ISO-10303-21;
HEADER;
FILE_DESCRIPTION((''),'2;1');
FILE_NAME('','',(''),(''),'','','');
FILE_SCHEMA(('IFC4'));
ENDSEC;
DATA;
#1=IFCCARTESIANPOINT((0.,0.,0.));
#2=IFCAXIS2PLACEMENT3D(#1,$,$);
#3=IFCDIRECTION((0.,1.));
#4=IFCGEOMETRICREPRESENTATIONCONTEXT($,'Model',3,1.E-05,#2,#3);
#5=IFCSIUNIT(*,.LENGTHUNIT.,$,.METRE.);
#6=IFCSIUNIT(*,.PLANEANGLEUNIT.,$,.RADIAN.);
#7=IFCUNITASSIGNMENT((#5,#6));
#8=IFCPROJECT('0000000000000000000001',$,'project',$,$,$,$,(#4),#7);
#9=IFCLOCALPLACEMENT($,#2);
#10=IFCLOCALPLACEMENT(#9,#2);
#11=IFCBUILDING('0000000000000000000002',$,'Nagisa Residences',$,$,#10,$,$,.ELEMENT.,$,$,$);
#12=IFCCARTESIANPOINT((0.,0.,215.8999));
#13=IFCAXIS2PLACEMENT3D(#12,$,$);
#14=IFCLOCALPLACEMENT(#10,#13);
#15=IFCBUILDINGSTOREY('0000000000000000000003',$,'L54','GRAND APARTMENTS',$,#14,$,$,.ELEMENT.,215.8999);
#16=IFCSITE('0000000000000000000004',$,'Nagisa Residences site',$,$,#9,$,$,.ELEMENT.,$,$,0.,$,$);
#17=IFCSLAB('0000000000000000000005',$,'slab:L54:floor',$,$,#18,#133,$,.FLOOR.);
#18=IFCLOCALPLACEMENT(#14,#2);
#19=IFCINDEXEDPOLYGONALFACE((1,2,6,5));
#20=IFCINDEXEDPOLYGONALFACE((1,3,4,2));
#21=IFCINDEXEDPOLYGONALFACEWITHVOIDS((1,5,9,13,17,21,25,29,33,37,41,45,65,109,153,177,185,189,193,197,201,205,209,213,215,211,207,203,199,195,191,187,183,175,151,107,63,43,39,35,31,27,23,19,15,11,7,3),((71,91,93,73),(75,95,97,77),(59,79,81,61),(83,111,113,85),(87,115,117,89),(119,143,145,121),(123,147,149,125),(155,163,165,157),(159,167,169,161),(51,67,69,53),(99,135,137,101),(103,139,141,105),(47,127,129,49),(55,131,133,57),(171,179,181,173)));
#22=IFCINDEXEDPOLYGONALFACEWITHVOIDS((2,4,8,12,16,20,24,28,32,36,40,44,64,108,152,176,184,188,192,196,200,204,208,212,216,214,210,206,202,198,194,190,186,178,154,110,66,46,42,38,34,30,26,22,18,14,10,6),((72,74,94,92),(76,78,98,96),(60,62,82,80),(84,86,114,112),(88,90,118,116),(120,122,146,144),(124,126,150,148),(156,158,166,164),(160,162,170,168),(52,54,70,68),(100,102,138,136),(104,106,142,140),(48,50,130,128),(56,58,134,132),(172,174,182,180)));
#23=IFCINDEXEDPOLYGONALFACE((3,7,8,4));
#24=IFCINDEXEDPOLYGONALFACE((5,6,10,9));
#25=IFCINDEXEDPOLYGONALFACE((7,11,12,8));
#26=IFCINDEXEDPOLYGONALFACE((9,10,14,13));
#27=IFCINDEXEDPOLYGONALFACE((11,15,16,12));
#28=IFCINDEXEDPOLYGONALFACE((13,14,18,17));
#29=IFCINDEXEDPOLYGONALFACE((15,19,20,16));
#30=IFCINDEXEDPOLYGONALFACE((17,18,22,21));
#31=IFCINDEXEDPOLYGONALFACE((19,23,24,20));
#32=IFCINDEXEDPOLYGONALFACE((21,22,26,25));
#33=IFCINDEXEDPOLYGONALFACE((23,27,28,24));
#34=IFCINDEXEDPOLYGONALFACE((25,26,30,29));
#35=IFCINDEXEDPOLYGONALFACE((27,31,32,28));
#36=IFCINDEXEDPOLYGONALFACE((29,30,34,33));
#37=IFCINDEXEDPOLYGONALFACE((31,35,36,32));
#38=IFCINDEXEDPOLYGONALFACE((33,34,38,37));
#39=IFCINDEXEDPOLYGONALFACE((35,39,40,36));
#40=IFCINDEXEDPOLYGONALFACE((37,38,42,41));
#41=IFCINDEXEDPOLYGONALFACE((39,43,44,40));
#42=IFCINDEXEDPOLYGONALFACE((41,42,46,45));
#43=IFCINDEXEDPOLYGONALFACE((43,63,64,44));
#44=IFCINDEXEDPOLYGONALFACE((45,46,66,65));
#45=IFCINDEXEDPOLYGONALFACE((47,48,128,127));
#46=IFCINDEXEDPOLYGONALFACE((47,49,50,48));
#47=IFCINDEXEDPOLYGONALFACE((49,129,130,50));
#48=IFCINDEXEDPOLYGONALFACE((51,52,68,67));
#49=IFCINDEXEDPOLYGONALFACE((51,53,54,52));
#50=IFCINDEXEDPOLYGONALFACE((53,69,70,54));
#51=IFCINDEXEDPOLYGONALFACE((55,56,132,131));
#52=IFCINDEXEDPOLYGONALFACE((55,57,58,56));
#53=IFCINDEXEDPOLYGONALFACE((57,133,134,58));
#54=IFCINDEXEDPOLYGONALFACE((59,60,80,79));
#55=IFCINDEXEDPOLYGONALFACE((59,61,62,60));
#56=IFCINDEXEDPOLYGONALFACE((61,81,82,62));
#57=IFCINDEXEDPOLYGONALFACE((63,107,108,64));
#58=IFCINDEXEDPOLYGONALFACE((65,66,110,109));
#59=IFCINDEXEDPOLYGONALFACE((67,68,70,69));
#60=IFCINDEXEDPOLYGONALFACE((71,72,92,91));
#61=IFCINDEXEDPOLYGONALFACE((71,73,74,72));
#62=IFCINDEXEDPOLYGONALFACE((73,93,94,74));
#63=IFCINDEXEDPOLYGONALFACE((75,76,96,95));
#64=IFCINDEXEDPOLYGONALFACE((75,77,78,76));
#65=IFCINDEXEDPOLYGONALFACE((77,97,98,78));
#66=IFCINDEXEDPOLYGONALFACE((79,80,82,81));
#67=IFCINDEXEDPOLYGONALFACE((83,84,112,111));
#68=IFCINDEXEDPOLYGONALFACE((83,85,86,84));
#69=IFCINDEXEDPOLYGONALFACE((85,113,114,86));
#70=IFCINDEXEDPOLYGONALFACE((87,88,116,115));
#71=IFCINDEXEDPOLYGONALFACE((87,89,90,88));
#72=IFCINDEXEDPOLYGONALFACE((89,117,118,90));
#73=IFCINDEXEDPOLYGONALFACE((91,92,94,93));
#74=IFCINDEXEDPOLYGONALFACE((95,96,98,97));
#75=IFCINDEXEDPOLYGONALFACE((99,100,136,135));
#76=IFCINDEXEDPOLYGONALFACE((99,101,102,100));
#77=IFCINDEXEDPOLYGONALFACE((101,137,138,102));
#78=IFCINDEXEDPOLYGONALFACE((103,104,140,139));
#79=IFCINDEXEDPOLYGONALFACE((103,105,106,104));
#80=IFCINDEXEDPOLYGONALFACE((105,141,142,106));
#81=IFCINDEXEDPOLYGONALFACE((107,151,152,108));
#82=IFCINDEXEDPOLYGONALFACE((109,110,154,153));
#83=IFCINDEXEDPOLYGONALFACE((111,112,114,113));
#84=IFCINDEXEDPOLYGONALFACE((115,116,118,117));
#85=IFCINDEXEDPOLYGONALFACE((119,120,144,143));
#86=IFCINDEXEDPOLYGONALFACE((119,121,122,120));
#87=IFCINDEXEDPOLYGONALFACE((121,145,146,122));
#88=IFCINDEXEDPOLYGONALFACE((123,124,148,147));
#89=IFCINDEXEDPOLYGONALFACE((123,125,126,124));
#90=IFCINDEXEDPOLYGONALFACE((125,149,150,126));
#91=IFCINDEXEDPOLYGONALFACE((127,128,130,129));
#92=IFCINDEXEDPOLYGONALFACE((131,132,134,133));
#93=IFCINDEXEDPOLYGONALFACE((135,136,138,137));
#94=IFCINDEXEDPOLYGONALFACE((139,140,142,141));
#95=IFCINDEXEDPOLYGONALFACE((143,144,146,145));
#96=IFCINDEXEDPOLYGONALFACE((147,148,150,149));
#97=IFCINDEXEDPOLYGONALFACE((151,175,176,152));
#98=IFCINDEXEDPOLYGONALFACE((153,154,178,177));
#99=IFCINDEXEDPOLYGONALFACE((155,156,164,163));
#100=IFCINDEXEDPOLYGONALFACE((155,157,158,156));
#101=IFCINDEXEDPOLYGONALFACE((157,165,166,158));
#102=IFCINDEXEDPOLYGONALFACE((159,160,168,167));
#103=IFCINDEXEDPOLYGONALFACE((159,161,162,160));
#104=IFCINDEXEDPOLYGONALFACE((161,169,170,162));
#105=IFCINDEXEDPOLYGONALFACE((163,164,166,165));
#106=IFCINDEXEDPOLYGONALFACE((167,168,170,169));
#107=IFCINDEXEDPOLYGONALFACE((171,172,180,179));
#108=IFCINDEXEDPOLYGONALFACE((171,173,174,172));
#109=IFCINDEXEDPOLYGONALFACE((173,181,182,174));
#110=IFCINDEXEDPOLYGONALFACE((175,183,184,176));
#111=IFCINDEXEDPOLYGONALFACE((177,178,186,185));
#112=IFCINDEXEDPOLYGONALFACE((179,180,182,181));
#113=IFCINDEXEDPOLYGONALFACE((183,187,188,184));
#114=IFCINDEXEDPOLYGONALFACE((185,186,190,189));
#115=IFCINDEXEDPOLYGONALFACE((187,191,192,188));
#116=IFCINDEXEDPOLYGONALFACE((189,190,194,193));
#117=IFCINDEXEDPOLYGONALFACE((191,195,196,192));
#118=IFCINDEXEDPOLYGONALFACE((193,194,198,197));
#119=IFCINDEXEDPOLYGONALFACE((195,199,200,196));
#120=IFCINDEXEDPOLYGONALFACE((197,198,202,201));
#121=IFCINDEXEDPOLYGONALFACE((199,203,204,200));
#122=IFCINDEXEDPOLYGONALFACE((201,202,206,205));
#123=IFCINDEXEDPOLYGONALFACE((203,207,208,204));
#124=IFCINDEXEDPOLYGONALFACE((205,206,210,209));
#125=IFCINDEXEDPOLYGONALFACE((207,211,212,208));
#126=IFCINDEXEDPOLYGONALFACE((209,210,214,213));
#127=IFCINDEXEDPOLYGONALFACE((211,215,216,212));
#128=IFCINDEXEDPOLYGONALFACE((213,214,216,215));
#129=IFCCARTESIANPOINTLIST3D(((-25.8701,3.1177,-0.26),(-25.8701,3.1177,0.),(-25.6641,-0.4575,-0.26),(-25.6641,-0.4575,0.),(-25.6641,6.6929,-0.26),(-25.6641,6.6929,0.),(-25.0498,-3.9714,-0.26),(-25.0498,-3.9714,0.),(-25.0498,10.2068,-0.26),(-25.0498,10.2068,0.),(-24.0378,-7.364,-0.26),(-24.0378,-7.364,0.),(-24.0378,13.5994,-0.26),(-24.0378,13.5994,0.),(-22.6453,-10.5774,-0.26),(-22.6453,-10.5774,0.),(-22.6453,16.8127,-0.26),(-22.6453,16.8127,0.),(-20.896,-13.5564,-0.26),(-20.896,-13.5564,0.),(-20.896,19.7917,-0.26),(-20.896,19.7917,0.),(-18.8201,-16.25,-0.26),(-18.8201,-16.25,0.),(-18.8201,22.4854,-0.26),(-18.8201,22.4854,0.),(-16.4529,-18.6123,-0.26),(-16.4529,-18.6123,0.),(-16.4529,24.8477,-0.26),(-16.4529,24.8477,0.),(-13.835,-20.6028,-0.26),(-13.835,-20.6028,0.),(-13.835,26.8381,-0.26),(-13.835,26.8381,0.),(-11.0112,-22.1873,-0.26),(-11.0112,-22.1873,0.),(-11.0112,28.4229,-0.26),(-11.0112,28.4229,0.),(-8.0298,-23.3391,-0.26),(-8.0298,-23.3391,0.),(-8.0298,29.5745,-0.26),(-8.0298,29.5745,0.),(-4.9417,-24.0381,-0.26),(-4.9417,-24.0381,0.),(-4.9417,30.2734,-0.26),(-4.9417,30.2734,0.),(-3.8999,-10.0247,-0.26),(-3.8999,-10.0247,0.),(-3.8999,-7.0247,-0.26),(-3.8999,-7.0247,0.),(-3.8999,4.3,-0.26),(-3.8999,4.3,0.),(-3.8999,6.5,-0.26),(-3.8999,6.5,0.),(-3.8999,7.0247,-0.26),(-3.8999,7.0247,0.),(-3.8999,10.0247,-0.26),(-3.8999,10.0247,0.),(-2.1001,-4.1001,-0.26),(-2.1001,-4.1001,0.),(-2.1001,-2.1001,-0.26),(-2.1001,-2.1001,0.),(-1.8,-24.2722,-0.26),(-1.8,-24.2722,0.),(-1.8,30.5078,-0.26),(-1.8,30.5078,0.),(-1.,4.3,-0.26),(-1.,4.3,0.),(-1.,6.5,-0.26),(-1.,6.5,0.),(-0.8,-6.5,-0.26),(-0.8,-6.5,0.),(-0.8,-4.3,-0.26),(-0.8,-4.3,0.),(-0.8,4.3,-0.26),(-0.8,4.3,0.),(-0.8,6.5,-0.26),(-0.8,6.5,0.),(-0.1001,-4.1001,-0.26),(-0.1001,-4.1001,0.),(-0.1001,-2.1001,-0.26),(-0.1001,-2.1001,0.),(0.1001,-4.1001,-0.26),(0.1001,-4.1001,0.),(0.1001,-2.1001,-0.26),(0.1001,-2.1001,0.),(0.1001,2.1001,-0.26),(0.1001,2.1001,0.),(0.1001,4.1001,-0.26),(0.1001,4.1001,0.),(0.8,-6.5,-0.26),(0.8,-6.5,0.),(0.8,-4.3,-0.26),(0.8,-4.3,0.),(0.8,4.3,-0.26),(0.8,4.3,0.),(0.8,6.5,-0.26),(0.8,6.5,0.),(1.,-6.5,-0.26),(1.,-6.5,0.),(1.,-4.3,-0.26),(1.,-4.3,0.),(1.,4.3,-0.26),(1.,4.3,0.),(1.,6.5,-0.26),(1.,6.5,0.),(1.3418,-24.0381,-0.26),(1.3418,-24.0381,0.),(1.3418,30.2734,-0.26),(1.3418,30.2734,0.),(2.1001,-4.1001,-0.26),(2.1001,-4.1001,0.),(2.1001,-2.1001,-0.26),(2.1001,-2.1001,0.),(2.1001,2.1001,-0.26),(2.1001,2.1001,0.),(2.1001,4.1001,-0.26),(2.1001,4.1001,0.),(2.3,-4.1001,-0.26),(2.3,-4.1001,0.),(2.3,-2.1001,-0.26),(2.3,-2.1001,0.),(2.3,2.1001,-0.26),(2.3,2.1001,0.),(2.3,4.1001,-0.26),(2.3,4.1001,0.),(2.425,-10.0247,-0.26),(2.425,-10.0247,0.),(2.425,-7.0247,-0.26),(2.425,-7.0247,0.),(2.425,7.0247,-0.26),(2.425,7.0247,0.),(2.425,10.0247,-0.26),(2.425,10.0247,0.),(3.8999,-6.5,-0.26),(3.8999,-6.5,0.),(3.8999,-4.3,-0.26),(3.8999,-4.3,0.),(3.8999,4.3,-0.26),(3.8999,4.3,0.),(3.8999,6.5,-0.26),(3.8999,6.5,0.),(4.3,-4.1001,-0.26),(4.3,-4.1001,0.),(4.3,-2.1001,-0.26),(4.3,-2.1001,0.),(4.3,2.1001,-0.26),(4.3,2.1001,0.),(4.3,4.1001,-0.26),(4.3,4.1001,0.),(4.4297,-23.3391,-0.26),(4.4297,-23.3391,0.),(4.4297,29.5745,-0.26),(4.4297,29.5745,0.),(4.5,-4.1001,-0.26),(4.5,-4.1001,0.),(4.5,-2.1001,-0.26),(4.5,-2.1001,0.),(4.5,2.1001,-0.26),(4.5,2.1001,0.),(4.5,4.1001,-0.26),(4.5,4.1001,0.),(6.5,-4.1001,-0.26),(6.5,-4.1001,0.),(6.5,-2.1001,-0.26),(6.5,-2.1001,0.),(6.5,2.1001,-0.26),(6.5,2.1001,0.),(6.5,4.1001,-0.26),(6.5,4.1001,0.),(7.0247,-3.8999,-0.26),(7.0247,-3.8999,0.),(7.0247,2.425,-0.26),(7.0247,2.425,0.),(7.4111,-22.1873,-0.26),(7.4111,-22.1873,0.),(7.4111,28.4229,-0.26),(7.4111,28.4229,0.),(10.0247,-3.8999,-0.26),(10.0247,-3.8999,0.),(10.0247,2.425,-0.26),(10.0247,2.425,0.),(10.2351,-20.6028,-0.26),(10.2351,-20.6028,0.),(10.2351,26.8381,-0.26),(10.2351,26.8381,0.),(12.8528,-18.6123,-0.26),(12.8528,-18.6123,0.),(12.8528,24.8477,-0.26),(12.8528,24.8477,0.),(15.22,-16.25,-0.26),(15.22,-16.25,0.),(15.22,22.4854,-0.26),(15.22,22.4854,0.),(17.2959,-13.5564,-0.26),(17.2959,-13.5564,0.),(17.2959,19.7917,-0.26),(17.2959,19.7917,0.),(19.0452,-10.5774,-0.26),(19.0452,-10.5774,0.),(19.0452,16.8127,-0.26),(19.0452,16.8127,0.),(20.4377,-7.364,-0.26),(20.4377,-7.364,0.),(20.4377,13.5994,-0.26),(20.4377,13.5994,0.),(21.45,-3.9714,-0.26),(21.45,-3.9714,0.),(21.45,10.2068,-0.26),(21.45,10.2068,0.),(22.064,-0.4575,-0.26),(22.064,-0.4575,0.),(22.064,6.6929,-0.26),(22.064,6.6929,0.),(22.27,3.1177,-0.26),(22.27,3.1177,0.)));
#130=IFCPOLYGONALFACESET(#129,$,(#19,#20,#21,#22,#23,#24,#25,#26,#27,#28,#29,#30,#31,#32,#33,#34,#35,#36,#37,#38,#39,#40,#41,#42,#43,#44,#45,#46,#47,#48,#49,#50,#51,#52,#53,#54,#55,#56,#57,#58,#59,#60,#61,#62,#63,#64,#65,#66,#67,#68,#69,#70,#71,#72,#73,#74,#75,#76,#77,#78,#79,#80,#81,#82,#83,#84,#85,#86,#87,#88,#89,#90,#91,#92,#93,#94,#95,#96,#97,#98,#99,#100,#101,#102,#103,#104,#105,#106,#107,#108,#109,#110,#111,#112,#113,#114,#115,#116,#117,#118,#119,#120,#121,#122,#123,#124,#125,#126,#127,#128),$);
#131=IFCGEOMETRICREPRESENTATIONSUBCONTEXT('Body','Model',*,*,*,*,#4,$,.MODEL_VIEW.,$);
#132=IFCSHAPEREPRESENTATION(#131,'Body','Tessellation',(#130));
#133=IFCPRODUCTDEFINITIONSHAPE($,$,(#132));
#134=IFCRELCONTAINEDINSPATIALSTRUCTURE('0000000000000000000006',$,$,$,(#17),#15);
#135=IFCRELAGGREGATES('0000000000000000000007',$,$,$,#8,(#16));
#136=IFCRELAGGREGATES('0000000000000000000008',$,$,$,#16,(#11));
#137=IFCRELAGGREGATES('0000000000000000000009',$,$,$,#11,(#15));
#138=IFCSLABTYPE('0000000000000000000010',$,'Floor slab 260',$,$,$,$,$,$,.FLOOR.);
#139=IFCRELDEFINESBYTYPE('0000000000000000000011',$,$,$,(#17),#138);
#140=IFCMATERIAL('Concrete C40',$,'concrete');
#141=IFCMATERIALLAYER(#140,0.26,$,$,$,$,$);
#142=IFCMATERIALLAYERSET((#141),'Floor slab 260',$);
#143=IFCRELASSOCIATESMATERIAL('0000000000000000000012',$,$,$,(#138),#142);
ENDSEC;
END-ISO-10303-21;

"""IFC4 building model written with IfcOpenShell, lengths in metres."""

from ifc_helpers import new_model, si_unit, direction, frame, origin, place, context, subcontext, project, spatial, polyline, outline, extrude, material, layer, layer_set, type_object, element, save


model = new_model("IFC4")

# Units and contexts
model_context = context("Model", 3, precision=1e-05, world=origin(), true_north=direction((0.0, 1.0)))
body_context = subcontext(model_context, "Body", "Model", "MODEL_VIEW")
ifc_project = project(units=[si_unit("LENGTHUNIT", "METRE"), si_unit("PLANEANGLEUNIT", "RADIAN")], contexts=[model_context])

# Site, building, storey
site_placement = place(None, origin())
site = spatial("IfcSite", under=ifc_project, at=site_placement, Name="Nagisa Residences site", CompositionType="ELEMENT", RefElevation=0.0)
building_placement = place(site_placement, origin())
building = spatial("IfcBuilding", under=site, at=building_placement, Name="Nagisa Residences", CompositionType="ELEMENT")
storey_placement = place(building_placement, frame((0.0, 0.0, 215.8999)))
storey = spatial("IfcBuildingStorey", under=building, at=storey_placement, Name="L54", Description="GRAND APARTMENTS", CompositionType="ELEMENT", Elevation=215.8999)

# Slab
ifc_material_1 = material(Name="Concrete C40", Category="concrete")
ifc_layer_1 = layer(ifc_material_1, 0.26)
ifc_layer_set_1 = layer_set([ifc_layer_1], Name="Floor slab 260")
slab_type_1 = type_object("IfcSlabType", Name="Floor slab 260", PredefinedType="FLOOR", material=ifc_layer_set_1)
slab_1_placement = place(storey_placement, frame((0.0, 0.0, -0.26)))
element("IfcSlab", 1, at=slab_1_placement, inside=storey, type_object=slab_type_1, Name="slab:L54:floor", PredefinedType="FLOOR", context=body_context, shape_type="SweptSolid", body=[
    extrude(outline(polyline([(22.27, 3.1177), (22.064, 6.6929), (21.45, 10.2068), (20.4377, 13.5994), (19.0452, 16.8127), (17.2959, 19.7917), (15.22, 22.4854), (12.8528, 24.8477), (10.2351, 26.8381), (7.4111, 28.4229), (4.4297, 29.5745), (1.3418, 30.2734), (-1.8, 30.5078), (-4.9417, 30.2734), (-8.0298, 29.5745), (-11.0112, 28.4229), (-13.835, 26.8381), (-16.4529, 24.8477), (-18.8201, 22.4854), (-20.896, 19.7917), (-22.6453, 16.8127), (-24.0378, 13.5994), (-25.0498, 10.2068), (-25.6641, 6.6929), (-25.8701, 3.1177), (-25.6641, -0.4575), (-25.0498, -3.9714), (-24.0378, -7.364), (-22.6453, -10.5774), (-20.896, -13.5564), (-18.8201, -16.25), (-16.4529, -18.6123), (-13.835, -20.6028), (-11.0112, -22.1873), (-8.0298, -23.3391), (-4.9417, -24.0381), (-1.8, -24.2722), (1.3418, -24.0381), (4.4297, -23.3391), (7.4111, -22.1873), (10.2351, -20.6028), (12.8528, -18.6123), (15.22, -16.25), (17.2959, -13.5564), (19.0452, -10.5774), (20.4377, -7.364), (21.45, -3.9714), (22.064, -0.4575), (22.27, 3.1177)]), holes=[polyline([(2.1001, 2.1001), (2.1001, 4.1001), (0.1001, 4.1001), (0.1001, 2.1001), (2.1001, 2.1001)]), polyline([(4.3, 2.1001), (4.3, 4.1001), (2.3, 4.1001), (2.3, 2.1001), (4.3, 2.1001)]), polyline([(6.5, 2.1001), (6.5, 4.1001), (4.5, 4.1001), (4.5, 2.1001), (6.5, 2.1001)]), polyline([(-0.1001, -4.1001), (-0.1001, -2.1001), (-2.1001, -2.1001), (-2.1001, -4.1001), (-0.1001, -4.1001)]), polyline([(2.1001, -4.1001), (2.1001, -2.1001), (0.1001, -2.1001), (0.1001, -4.1001), (2.1001, -4.1001)]), polyline([(4.3, -4.1001), (4.3, -2.1001), (2.3, -2.1001), (2.3, -4.1001), (4.3, -4.1001)]), polyline([(6.5, -4.1001), (6.5, -2.1001), (4.5, -2.1001), (4.5, -4.1001), (6.5, -4.1001)]), polyline([(3.8999, 4.3), (3.8999, 6.5), (1.0, 6.5), (1.0, 4.3), (3.8999, 4.3)]), polyline([(3.8999, -6.5), (3.8999, -4.3), (1.0, -4.3), (1.0, -6.5), (3.8999, -6.5)]), polyline([(-1.0, 4.3), (-1.0, 6.5), (-3.8999, 6.5), (-3.8999, 4.3), (-1.0, 4.3)]), polyline([(0.8, 4.3), (0.8, 6.5), (-0.8, 6.5), (-0.8, 4.3), (0.8, 4.3)]), polyline([(0.8, -6.5), (0.8, -4.3), (-0.8, -4.3), (-0.8, -6.5), (0.8, -6.5)]), polyline([(10.0247, -3.8999), (7.0247, -3.8999), (7.0247, 2.425), (10.0247, 2.425), (10.0247, -3.8999)]), polyline([(-3.8999, 7.0247), (-3.8999, 10.0247), (2.425, 10.0247), (2.425, 7.0247), (-3.8999, 7.0247)]), polyline([(-3.8999, -10.0247), (-3.8999, -7.0247), (2.425, -7.0247), (2.425, -10.0247), (-3.8999, -10.0247)])]), origin(), (0.0, 0.0, 1.0), 0.26),
])

save(model, "model.ifc")
